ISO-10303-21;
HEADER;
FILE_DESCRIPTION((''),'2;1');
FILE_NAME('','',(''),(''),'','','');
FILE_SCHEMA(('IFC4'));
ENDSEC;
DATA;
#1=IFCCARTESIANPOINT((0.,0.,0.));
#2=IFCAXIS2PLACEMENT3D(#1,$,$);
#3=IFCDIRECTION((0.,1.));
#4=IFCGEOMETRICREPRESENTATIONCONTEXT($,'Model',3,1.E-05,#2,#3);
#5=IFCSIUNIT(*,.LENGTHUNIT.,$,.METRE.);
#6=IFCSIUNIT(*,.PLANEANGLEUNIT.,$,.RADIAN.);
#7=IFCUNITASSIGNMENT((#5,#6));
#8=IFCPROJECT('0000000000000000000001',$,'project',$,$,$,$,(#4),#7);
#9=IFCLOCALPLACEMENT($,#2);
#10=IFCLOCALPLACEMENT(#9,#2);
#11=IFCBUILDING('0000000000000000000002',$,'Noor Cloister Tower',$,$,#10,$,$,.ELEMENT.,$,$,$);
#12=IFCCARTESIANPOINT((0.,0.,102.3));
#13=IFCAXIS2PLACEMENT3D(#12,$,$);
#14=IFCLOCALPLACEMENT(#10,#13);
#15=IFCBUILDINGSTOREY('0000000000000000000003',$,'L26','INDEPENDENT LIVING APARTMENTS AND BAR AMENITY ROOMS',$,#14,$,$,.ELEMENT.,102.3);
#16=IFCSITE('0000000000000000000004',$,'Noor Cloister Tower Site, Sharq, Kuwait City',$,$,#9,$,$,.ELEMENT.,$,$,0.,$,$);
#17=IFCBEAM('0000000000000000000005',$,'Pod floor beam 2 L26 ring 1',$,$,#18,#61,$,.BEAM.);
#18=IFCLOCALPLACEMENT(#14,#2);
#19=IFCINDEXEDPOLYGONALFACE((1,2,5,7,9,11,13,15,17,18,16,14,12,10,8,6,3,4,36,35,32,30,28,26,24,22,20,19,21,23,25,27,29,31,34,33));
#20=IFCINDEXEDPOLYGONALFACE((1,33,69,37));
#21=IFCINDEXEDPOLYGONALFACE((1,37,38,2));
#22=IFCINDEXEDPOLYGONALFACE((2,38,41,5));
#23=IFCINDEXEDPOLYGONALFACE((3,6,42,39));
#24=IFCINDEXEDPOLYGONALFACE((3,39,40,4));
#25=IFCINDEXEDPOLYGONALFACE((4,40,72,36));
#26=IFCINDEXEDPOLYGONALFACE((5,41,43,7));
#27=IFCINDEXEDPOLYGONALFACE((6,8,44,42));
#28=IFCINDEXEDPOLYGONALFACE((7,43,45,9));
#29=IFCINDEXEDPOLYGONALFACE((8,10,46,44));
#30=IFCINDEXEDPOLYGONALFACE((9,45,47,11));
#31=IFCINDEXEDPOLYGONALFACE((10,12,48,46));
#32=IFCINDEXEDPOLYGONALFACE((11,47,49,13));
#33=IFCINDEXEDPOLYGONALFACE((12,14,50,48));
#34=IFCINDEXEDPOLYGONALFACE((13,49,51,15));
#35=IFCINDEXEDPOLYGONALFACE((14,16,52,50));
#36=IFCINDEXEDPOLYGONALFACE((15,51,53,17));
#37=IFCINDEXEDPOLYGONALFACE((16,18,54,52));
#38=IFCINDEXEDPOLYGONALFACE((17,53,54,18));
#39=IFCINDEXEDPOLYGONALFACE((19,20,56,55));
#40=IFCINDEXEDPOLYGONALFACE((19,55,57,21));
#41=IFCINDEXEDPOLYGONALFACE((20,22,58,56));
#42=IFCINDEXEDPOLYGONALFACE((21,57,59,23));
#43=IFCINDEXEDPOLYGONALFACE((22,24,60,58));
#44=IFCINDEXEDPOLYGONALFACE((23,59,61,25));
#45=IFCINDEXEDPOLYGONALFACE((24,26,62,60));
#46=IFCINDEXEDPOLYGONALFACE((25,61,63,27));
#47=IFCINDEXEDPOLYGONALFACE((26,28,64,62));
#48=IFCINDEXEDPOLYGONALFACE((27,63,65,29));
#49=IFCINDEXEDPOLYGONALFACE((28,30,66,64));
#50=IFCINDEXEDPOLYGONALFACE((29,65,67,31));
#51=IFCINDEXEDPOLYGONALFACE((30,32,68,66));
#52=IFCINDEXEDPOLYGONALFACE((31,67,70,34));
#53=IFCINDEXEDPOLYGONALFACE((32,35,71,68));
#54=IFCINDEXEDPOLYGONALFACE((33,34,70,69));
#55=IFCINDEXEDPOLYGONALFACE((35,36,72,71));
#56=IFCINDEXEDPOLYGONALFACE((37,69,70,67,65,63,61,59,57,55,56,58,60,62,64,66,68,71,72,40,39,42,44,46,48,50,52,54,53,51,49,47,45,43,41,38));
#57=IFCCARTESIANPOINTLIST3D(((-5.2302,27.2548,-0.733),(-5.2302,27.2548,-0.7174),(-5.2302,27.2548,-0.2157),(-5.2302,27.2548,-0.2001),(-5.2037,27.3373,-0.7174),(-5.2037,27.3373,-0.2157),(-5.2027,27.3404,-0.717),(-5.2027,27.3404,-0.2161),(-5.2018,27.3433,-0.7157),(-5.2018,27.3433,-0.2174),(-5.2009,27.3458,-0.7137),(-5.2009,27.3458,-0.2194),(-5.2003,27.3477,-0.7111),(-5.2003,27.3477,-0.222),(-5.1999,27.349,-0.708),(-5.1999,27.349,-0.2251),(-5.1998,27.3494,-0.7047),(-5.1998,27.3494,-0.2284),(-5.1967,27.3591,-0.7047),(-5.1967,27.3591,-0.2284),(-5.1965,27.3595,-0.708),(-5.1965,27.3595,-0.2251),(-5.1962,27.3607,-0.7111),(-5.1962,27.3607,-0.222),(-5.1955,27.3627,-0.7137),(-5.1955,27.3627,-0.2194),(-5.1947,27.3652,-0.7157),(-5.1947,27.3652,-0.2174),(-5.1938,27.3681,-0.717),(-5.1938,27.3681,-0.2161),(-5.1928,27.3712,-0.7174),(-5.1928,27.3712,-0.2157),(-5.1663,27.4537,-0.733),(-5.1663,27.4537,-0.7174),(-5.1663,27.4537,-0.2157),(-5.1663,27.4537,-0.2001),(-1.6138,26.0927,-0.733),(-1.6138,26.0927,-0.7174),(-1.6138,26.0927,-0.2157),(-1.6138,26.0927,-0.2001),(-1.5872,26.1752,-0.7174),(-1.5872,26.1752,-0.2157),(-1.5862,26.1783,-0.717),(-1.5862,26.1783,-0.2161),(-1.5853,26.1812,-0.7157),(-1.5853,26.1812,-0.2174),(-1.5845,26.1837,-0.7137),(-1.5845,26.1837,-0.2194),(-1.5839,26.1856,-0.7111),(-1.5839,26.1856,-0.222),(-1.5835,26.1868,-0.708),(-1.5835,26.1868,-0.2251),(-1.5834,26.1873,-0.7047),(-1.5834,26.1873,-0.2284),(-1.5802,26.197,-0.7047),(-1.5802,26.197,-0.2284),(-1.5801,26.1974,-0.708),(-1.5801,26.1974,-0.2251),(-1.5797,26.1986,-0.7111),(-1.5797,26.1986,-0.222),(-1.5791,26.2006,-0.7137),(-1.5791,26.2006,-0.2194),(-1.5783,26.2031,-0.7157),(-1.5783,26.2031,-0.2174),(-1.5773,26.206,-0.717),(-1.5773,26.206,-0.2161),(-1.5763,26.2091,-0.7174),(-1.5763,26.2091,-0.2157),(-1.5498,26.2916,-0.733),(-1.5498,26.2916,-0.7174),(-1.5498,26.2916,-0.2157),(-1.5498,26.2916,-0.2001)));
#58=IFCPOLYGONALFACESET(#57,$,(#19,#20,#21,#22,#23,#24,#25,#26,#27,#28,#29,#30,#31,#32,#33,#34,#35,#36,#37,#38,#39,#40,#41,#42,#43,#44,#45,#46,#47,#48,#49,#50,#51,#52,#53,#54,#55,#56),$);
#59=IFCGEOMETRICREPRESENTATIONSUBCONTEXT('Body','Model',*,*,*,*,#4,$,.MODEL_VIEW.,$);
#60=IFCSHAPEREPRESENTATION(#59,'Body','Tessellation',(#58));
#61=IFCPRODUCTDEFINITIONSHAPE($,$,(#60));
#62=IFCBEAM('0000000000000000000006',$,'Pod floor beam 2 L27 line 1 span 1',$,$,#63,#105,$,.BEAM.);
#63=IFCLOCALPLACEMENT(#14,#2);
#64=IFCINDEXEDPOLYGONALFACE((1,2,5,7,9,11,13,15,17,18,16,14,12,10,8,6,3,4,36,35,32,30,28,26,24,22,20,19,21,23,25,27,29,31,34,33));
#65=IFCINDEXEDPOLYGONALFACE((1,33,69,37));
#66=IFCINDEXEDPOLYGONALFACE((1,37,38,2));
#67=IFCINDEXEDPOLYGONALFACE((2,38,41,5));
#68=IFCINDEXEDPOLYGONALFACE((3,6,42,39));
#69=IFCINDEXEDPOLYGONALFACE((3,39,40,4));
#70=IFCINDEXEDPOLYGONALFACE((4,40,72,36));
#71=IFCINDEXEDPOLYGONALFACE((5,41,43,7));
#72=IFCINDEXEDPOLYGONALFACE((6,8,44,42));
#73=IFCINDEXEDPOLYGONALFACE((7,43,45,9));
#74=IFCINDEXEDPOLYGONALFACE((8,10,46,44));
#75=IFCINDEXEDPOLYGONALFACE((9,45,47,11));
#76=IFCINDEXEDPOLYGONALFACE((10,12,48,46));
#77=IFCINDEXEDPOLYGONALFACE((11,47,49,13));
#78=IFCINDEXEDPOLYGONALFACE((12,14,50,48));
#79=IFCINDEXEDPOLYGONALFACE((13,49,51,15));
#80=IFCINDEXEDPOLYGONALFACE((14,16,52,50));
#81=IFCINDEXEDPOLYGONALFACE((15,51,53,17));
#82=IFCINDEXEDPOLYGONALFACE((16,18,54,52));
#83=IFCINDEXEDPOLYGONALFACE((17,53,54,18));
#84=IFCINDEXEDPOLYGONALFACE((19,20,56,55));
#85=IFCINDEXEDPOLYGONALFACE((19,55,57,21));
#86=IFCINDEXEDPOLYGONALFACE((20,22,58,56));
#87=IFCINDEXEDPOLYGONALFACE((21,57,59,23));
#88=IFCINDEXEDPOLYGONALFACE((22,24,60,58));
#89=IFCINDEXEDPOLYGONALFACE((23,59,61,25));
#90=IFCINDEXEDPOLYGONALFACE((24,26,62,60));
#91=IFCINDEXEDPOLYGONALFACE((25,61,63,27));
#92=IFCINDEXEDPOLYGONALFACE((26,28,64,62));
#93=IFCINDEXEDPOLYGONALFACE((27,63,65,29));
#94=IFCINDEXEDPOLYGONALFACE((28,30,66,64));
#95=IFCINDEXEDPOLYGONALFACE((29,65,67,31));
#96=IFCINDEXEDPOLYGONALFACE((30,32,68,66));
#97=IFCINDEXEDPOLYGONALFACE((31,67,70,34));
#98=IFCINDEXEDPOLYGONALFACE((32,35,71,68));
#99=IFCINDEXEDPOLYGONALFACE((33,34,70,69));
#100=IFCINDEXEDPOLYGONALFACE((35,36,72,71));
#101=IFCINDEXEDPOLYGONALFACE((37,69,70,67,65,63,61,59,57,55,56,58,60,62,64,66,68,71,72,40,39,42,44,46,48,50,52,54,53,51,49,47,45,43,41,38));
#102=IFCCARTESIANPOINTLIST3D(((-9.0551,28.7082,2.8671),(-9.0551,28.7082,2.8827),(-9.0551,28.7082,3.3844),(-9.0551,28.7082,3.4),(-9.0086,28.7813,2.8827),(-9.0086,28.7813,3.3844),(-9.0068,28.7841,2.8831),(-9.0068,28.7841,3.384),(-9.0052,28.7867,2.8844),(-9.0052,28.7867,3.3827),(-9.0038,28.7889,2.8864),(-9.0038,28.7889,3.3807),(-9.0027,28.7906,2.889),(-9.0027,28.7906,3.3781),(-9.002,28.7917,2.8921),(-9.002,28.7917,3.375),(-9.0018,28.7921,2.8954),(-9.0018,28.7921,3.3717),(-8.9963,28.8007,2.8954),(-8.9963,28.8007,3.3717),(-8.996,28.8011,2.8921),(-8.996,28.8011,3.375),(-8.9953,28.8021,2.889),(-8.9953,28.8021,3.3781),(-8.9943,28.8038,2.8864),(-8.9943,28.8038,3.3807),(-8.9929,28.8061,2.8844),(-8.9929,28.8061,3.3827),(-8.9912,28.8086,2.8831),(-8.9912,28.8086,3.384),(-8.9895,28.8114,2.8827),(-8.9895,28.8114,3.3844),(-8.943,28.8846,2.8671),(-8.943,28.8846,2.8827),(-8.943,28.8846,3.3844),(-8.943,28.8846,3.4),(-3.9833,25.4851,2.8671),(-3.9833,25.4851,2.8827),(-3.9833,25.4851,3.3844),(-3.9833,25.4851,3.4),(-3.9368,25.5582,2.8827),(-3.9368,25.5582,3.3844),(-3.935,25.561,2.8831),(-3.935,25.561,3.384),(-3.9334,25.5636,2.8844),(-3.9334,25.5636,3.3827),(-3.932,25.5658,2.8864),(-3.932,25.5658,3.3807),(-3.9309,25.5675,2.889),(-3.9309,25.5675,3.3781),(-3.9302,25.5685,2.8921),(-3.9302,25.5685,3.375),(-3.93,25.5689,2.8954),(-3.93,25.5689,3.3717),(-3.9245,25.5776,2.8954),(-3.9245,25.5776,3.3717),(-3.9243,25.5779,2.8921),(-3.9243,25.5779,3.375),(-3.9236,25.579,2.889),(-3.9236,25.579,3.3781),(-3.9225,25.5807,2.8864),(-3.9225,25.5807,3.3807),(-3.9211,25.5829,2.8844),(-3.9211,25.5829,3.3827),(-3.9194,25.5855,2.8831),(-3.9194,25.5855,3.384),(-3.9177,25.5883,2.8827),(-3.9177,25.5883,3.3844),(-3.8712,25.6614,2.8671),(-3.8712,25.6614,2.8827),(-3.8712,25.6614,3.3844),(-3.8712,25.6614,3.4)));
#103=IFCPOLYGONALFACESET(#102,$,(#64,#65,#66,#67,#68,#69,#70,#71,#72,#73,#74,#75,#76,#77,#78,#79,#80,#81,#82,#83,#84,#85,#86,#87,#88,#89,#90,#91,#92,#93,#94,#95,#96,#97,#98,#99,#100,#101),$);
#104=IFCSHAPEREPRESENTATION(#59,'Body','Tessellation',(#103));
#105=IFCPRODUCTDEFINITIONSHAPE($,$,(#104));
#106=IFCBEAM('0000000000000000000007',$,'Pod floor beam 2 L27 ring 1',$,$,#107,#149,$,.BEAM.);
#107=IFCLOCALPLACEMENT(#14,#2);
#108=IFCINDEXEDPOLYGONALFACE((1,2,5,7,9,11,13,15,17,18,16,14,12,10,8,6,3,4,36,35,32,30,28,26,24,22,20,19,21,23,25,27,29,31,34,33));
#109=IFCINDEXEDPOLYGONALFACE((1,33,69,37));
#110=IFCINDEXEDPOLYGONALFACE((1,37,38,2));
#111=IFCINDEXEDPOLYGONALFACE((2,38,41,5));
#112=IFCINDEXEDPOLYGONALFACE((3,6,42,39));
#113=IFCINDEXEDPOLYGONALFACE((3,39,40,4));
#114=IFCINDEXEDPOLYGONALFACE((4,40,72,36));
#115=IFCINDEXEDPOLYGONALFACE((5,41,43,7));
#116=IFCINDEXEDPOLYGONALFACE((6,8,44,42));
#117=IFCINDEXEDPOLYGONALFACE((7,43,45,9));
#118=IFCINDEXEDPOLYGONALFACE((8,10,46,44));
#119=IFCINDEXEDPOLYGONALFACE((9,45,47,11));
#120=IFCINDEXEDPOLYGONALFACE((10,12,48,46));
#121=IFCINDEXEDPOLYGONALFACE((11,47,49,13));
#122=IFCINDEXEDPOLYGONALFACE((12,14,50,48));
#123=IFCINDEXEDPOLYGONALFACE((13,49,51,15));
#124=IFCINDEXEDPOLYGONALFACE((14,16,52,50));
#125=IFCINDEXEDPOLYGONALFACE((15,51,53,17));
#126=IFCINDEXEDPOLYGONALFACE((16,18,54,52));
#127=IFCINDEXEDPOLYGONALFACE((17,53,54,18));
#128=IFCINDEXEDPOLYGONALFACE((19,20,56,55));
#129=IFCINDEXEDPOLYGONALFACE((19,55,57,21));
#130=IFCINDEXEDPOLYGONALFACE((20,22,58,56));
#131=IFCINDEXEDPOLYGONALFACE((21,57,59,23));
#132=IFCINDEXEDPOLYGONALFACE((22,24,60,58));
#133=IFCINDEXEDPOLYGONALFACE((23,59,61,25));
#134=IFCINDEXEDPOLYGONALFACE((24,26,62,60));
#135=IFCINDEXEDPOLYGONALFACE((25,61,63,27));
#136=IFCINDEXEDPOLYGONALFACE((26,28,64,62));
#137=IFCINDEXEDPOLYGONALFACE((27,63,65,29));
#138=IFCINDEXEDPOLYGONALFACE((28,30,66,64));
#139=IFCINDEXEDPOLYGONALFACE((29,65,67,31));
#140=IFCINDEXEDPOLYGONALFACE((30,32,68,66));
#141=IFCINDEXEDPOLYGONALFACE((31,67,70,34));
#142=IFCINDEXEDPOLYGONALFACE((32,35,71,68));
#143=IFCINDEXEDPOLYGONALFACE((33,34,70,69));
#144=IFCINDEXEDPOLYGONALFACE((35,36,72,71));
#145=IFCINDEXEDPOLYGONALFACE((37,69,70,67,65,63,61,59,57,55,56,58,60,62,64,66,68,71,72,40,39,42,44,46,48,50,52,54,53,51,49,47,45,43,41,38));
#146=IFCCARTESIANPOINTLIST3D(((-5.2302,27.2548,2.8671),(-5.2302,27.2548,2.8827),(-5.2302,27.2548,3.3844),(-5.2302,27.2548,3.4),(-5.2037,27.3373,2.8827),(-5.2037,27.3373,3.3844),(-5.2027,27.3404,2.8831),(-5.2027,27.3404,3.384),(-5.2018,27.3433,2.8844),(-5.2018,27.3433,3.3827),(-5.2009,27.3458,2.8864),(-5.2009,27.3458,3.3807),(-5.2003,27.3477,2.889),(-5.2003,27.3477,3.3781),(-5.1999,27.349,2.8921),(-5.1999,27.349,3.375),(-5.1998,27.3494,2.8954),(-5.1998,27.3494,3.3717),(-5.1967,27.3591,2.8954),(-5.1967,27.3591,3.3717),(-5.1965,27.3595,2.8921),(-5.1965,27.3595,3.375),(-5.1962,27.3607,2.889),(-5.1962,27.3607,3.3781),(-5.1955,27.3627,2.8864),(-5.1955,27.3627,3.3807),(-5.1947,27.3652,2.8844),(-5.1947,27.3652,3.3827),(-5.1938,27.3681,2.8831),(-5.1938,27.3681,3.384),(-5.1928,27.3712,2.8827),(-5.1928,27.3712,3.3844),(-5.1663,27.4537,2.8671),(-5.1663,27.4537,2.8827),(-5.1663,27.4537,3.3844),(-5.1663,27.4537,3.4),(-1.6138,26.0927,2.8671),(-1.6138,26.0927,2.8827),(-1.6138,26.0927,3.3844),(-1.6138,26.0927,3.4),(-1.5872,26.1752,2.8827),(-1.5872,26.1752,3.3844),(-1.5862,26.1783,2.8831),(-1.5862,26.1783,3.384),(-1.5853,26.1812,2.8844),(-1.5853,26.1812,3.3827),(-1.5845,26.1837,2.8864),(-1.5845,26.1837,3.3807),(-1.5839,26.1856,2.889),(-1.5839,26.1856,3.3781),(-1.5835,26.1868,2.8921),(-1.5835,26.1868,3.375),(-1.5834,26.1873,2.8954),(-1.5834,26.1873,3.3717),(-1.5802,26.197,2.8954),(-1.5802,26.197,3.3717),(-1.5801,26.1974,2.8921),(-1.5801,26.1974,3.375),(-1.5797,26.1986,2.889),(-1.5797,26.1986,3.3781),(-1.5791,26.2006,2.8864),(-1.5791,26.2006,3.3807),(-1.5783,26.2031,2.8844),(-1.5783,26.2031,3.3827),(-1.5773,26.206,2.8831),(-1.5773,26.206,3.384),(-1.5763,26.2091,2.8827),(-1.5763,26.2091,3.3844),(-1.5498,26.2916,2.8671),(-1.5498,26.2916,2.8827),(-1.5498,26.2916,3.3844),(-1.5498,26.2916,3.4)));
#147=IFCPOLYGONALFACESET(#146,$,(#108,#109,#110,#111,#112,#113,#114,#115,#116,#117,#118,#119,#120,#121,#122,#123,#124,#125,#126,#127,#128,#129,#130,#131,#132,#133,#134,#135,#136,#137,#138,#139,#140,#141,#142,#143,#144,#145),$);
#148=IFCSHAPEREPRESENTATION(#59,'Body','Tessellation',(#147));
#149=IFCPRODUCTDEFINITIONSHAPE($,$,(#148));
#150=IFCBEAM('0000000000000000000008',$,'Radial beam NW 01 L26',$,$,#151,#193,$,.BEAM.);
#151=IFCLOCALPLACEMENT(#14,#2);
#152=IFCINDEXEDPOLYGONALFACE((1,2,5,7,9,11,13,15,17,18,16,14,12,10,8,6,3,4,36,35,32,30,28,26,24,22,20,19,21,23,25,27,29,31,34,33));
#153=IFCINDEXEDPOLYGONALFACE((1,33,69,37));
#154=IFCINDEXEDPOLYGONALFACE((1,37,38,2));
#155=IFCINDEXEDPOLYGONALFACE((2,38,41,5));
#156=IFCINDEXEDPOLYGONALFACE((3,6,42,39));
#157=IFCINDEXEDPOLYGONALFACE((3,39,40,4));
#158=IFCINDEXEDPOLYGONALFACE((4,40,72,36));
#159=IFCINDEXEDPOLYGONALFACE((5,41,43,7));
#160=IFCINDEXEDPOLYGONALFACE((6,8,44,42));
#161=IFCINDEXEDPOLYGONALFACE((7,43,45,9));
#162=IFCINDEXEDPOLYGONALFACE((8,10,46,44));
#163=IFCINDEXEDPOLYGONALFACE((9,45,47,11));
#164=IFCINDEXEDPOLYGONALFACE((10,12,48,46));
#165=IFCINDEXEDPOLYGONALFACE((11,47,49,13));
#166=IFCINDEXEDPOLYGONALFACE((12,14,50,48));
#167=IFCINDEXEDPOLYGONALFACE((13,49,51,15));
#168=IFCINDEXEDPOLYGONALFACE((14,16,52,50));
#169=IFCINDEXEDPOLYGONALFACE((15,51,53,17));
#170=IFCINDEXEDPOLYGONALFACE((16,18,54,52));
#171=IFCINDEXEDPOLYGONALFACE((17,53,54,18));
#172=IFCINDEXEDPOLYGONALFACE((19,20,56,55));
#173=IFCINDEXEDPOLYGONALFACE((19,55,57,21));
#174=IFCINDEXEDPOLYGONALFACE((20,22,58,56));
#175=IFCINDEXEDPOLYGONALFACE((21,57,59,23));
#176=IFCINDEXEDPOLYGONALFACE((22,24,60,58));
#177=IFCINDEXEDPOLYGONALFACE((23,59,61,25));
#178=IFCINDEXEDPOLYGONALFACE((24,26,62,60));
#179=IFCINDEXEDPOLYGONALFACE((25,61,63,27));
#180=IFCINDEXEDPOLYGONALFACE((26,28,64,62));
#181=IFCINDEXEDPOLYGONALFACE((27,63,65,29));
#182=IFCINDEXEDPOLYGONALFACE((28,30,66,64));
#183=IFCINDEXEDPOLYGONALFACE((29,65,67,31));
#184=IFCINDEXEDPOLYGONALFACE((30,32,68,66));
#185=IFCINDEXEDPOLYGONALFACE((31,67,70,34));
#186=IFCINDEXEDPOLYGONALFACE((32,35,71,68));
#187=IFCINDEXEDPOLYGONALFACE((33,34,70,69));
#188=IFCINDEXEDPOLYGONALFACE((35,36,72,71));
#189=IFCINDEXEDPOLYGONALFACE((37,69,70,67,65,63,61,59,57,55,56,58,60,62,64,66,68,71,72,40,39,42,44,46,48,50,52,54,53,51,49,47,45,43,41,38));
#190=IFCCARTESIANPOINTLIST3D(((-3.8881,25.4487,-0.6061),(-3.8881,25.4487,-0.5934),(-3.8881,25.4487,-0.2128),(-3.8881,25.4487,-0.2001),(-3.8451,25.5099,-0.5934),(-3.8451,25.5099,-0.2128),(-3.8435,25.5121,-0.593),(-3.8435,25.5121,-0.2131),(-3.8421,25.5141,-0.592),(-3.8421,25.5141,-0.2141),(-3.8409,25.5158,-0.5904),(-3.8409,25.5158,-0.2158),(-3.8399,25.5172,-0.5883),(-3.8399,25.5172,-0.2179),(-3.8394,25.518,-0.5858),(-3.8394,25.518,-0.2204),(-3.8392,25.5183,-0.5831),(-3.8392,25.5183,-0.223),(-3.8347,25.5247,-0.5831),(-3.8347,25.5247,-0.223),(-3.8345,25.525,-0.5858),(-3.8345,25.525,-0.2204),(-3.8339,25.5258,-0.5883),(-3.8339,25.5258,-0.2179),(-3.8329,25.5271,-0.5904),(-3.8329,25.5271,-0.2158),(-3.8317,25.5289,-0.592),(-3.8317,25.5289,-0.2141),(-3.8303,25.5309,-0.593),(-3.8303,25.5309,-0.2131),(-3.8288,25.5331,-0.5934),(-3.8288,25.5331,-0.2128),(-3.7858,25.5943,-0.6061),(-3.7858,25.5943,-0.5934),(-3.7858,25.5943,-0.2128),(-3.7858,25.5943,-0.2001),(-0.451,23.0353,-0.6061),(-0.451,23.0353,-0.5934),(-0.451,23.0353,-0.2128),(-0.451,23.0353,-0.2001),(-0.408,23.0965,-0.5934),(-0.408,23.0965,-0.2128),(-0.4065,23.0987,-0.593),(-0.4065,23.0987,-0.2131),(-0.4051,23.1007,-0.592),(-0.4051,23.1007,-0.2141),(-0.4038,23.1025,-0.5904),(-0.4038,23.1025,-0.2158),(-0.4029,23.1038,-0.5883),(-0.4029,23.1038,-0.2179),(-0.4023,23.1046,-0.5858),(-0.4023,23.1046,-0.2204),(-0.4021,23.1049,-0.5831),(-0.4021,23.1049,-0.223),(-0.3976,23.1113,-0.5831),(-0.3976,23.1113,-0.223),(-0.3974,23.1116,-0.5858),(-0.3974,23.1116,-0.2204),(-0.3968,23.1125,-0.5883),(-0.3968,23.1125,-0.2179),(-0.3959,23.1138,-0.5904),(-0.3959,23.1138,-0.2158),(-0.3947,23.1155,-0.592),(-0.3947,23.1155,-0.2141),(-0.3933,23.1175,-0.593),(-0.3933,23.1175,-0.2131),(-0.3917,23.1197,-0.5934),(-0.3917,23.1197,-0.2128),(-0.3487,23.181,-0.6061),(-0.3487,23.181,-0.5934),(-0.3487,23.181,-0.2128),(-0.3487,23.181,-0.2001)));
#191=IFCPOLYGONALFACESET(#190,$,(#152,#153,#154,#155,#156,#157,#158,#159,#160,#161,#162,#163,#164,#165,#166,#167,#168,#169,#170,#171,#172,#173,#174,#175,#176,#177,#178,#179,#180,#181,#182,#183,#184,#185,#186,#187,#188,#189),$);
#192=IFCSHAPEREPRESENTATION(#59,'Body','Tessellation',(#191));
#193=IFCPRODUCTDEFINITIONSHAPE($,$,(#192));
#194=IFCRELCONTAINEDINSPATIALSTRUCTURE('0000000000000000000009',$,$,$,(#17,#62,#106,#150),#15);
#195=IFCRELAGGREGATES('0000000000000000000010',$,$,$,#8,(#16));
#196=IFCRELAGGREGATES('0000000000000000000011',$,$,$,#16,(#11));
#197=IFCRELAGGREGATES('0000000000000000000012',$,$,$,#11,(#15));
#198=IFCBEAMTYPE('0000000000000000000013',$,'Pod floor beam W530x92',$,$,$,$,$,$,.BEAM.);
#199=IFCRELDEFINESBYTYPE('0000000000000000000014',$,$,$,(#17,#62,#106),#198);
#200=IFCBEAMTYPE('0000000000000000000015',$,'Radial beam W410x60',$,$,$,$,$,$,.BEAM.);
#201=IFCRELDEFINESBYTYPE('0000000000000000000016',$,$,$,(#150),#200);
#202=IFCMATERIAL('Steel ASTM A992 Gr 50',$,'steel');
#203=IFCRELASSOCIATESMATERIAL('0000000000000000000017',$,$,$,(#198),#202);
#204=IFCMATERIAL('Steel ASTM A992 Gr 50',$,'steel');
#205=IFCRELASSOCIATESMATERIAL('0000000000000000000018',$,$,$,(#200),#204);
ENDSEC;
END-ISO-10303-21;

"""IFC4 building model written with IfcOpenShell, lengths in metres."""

from ifc_helpers import new_model, si_unit, direction, frame, origin, origin_2d, place, context, subcontext, project, spatial, i_section, extrude, material, material_profile, profile_set, type_object, element, save


model = new_model("IFC4")

# Units and contexts
model_context = context("Model", 3, precision=1e-05, world=origin(), true_north=direction((0.0, 1.0)))
body_context = subcontext(model_context, "Body", "Model", "MODEL_VIEW")
ifc_project = project(units=[si_unit("LENGTHUNIT", "METRE"), si_unit("PLANEANGLEUNIT", "RADIAN")], contexts=[model_context])

# Site, building, storey
site_placement = place(None, origin())
site = spatial("IfcSite", under=ifc_project, at=site_placement, Name="Noor Cloister Tower Site, Sharq, Kuwait City", CompositionType="ELEMENT", RefElevation=0.0)
building_placement = place(site_placement, origin())
building = spatial("IfcBuilding", under=site, at=building_placement, Name="Noor Cloister Tower", CompositionType="ELEMENT")
storey_placement = place(building_placement, frame((0.0, 0.0, 102.3)))
storey = spatial("IfcBuildingStorey", under=building, at=storey_placement, Name="L26", Description="INDEPENDENT LIVING APARTMENTS AND BAR AMENITY ROOMS", CompositionType="ELEMENT", Elevation=102.3)

# Beams
ifc_material_1 = material(Name="Steel ASTM A992 Gr 50", Category="steel")
ifc_material_profile_1 = material_profile(ifc_material_1, i_section(OverallWidth=0.209, OverallDepth=0.533, WebThickness=0.0103, FlangeThickness=0.0156, FilletRadius=0.0127, at=origin_2d()), Name="W530x92")
ifc_profile_set_1 = profile_set([ifc_material_profile_1], Name="Steel ASTM A992 Gr 50")
beam_type_1 = type_object("IfcBeamType", Name="Pod floor beam W530x92", PredefinedType="BEAM", material=ifc_profile_set_1)
beam_1_placement = place(storey_placement, frame((-1.5818, 26.1921, -0.4666), z_axis=(-0.952053, 0.305932, 0.0), x_axis=(-0.305932, -0.952053, 0.0)))
element("IfcBeam", 1, at=beam_1_placement, inside=storey, type_object=beam_type_1, Name="Pod floor beam 2 L26 ring 1", PredefinedType="BEAM", context=body_context, shape_type="SweptSolid", body=[
    extrude(i_section(OverallWidth=0.209, OverallDepth=0.533, WebThickness=0.0103, FlangeThickness=0.0156, FilletRadius=0.0127, at=origin_2d()), origin(), (0.0, 0.0, 1.0), 3.7986),
])
beam_2_placement = place(storey_placement, frame((-3.9272, 25.5732, 3.1335), z_axis=(-0.843989, 0.53636, 0.0), x_axis=(-0.53636, -0.843989, 0.0)))
element("IfcBeam", 2, at=beam_2_placement, inside=storey, type_object=beam_type_1, Name="Pod floor beam 2 L27 line 1 span 1", PredefinedType="BEAM", context=body_context, shape_type="SweptSolid", body=[
    extrude(i_section(OverallWidth=0.209, OverallDepth=0.533, WebThickness=0.0103, FlangeThickness=0.0156, FilletRadius=0.0127, at=origin_2d()), origin(), (0.0, 0.0, 1.0), 6.0093),
])
beam_3_placement = place(storey_placement, frame((-1.5818, 26.1921, 3.1335), z_axis=(-0.952053, 0.305932, 0.0), x_axis=(-0.305932, -0.952053, 0.0)))
element("IfcBeam", 3, at=beam_3_placement, inside=storey, type_object=beam_type_1, Name="Pod floor beam 2 L27 ring 1", PredefinedType="BEAM", context=body_context, shape_type="SweptSolid", body=[
    extrude(i_section(OverallWidth=0.209, OverallDepth=0.533, WebThickness=0.0103, FlangeThickness=0.0156, FilletRadius=0.0127, at=origin_2d()), origin(), (0.0, 0.0, 1.0), 3.7986),
])
ifc_material_2 = material(Name="Steel ASTM A992 Gr 50", Category="steel")
ifc_material_profile_2 = material_profile(ifc_material_2, i_section(OverallWidth=0.178, OverallDepth=0.406, WebThickness=0.0078, FlangeThickness=0.0127, FilletRadius=0.0103, at=origin_2d()), Name="W410x60")
ifc_profile_set_2 = profile_set([ifc_material_profile_2], Name="Steel ASTM A992 Gr 50")
beam_type_2 = type_object("IfcBeamType", Name="Radial beam W410x60", PredefinedType="BEAM", material=ifc_profile_set_2)
for number, where, z_axis, x_axis, name in (
    (4, (-3.8369, 25.5215, -0.4031), (0.818401, -0.574648, 0.0), (0.574648, 0.818401, 0.0), "Radial beam NW 01 L26"),
):
    element("IfcBeam", number, at=place(storey_placement, frame(where, z_axis=z_axis, x_axis=x_axis)), inside=storey, type_object=beam_type_2, Name=name, PredefinedType="BEAM", context=body_context, shape_type="SweptSolid", body=[
        extrude(i_section(OverallWidth=0.178, OverallDepth=0.406, WebThickness=0.0078, FlangeThickness=0.0127, FilletRadius=0.0103, at=origin_2d()), origin(), (0.0, 0.0, 1.0), 4.1997),
    ])

save(model, "model.ifc")
